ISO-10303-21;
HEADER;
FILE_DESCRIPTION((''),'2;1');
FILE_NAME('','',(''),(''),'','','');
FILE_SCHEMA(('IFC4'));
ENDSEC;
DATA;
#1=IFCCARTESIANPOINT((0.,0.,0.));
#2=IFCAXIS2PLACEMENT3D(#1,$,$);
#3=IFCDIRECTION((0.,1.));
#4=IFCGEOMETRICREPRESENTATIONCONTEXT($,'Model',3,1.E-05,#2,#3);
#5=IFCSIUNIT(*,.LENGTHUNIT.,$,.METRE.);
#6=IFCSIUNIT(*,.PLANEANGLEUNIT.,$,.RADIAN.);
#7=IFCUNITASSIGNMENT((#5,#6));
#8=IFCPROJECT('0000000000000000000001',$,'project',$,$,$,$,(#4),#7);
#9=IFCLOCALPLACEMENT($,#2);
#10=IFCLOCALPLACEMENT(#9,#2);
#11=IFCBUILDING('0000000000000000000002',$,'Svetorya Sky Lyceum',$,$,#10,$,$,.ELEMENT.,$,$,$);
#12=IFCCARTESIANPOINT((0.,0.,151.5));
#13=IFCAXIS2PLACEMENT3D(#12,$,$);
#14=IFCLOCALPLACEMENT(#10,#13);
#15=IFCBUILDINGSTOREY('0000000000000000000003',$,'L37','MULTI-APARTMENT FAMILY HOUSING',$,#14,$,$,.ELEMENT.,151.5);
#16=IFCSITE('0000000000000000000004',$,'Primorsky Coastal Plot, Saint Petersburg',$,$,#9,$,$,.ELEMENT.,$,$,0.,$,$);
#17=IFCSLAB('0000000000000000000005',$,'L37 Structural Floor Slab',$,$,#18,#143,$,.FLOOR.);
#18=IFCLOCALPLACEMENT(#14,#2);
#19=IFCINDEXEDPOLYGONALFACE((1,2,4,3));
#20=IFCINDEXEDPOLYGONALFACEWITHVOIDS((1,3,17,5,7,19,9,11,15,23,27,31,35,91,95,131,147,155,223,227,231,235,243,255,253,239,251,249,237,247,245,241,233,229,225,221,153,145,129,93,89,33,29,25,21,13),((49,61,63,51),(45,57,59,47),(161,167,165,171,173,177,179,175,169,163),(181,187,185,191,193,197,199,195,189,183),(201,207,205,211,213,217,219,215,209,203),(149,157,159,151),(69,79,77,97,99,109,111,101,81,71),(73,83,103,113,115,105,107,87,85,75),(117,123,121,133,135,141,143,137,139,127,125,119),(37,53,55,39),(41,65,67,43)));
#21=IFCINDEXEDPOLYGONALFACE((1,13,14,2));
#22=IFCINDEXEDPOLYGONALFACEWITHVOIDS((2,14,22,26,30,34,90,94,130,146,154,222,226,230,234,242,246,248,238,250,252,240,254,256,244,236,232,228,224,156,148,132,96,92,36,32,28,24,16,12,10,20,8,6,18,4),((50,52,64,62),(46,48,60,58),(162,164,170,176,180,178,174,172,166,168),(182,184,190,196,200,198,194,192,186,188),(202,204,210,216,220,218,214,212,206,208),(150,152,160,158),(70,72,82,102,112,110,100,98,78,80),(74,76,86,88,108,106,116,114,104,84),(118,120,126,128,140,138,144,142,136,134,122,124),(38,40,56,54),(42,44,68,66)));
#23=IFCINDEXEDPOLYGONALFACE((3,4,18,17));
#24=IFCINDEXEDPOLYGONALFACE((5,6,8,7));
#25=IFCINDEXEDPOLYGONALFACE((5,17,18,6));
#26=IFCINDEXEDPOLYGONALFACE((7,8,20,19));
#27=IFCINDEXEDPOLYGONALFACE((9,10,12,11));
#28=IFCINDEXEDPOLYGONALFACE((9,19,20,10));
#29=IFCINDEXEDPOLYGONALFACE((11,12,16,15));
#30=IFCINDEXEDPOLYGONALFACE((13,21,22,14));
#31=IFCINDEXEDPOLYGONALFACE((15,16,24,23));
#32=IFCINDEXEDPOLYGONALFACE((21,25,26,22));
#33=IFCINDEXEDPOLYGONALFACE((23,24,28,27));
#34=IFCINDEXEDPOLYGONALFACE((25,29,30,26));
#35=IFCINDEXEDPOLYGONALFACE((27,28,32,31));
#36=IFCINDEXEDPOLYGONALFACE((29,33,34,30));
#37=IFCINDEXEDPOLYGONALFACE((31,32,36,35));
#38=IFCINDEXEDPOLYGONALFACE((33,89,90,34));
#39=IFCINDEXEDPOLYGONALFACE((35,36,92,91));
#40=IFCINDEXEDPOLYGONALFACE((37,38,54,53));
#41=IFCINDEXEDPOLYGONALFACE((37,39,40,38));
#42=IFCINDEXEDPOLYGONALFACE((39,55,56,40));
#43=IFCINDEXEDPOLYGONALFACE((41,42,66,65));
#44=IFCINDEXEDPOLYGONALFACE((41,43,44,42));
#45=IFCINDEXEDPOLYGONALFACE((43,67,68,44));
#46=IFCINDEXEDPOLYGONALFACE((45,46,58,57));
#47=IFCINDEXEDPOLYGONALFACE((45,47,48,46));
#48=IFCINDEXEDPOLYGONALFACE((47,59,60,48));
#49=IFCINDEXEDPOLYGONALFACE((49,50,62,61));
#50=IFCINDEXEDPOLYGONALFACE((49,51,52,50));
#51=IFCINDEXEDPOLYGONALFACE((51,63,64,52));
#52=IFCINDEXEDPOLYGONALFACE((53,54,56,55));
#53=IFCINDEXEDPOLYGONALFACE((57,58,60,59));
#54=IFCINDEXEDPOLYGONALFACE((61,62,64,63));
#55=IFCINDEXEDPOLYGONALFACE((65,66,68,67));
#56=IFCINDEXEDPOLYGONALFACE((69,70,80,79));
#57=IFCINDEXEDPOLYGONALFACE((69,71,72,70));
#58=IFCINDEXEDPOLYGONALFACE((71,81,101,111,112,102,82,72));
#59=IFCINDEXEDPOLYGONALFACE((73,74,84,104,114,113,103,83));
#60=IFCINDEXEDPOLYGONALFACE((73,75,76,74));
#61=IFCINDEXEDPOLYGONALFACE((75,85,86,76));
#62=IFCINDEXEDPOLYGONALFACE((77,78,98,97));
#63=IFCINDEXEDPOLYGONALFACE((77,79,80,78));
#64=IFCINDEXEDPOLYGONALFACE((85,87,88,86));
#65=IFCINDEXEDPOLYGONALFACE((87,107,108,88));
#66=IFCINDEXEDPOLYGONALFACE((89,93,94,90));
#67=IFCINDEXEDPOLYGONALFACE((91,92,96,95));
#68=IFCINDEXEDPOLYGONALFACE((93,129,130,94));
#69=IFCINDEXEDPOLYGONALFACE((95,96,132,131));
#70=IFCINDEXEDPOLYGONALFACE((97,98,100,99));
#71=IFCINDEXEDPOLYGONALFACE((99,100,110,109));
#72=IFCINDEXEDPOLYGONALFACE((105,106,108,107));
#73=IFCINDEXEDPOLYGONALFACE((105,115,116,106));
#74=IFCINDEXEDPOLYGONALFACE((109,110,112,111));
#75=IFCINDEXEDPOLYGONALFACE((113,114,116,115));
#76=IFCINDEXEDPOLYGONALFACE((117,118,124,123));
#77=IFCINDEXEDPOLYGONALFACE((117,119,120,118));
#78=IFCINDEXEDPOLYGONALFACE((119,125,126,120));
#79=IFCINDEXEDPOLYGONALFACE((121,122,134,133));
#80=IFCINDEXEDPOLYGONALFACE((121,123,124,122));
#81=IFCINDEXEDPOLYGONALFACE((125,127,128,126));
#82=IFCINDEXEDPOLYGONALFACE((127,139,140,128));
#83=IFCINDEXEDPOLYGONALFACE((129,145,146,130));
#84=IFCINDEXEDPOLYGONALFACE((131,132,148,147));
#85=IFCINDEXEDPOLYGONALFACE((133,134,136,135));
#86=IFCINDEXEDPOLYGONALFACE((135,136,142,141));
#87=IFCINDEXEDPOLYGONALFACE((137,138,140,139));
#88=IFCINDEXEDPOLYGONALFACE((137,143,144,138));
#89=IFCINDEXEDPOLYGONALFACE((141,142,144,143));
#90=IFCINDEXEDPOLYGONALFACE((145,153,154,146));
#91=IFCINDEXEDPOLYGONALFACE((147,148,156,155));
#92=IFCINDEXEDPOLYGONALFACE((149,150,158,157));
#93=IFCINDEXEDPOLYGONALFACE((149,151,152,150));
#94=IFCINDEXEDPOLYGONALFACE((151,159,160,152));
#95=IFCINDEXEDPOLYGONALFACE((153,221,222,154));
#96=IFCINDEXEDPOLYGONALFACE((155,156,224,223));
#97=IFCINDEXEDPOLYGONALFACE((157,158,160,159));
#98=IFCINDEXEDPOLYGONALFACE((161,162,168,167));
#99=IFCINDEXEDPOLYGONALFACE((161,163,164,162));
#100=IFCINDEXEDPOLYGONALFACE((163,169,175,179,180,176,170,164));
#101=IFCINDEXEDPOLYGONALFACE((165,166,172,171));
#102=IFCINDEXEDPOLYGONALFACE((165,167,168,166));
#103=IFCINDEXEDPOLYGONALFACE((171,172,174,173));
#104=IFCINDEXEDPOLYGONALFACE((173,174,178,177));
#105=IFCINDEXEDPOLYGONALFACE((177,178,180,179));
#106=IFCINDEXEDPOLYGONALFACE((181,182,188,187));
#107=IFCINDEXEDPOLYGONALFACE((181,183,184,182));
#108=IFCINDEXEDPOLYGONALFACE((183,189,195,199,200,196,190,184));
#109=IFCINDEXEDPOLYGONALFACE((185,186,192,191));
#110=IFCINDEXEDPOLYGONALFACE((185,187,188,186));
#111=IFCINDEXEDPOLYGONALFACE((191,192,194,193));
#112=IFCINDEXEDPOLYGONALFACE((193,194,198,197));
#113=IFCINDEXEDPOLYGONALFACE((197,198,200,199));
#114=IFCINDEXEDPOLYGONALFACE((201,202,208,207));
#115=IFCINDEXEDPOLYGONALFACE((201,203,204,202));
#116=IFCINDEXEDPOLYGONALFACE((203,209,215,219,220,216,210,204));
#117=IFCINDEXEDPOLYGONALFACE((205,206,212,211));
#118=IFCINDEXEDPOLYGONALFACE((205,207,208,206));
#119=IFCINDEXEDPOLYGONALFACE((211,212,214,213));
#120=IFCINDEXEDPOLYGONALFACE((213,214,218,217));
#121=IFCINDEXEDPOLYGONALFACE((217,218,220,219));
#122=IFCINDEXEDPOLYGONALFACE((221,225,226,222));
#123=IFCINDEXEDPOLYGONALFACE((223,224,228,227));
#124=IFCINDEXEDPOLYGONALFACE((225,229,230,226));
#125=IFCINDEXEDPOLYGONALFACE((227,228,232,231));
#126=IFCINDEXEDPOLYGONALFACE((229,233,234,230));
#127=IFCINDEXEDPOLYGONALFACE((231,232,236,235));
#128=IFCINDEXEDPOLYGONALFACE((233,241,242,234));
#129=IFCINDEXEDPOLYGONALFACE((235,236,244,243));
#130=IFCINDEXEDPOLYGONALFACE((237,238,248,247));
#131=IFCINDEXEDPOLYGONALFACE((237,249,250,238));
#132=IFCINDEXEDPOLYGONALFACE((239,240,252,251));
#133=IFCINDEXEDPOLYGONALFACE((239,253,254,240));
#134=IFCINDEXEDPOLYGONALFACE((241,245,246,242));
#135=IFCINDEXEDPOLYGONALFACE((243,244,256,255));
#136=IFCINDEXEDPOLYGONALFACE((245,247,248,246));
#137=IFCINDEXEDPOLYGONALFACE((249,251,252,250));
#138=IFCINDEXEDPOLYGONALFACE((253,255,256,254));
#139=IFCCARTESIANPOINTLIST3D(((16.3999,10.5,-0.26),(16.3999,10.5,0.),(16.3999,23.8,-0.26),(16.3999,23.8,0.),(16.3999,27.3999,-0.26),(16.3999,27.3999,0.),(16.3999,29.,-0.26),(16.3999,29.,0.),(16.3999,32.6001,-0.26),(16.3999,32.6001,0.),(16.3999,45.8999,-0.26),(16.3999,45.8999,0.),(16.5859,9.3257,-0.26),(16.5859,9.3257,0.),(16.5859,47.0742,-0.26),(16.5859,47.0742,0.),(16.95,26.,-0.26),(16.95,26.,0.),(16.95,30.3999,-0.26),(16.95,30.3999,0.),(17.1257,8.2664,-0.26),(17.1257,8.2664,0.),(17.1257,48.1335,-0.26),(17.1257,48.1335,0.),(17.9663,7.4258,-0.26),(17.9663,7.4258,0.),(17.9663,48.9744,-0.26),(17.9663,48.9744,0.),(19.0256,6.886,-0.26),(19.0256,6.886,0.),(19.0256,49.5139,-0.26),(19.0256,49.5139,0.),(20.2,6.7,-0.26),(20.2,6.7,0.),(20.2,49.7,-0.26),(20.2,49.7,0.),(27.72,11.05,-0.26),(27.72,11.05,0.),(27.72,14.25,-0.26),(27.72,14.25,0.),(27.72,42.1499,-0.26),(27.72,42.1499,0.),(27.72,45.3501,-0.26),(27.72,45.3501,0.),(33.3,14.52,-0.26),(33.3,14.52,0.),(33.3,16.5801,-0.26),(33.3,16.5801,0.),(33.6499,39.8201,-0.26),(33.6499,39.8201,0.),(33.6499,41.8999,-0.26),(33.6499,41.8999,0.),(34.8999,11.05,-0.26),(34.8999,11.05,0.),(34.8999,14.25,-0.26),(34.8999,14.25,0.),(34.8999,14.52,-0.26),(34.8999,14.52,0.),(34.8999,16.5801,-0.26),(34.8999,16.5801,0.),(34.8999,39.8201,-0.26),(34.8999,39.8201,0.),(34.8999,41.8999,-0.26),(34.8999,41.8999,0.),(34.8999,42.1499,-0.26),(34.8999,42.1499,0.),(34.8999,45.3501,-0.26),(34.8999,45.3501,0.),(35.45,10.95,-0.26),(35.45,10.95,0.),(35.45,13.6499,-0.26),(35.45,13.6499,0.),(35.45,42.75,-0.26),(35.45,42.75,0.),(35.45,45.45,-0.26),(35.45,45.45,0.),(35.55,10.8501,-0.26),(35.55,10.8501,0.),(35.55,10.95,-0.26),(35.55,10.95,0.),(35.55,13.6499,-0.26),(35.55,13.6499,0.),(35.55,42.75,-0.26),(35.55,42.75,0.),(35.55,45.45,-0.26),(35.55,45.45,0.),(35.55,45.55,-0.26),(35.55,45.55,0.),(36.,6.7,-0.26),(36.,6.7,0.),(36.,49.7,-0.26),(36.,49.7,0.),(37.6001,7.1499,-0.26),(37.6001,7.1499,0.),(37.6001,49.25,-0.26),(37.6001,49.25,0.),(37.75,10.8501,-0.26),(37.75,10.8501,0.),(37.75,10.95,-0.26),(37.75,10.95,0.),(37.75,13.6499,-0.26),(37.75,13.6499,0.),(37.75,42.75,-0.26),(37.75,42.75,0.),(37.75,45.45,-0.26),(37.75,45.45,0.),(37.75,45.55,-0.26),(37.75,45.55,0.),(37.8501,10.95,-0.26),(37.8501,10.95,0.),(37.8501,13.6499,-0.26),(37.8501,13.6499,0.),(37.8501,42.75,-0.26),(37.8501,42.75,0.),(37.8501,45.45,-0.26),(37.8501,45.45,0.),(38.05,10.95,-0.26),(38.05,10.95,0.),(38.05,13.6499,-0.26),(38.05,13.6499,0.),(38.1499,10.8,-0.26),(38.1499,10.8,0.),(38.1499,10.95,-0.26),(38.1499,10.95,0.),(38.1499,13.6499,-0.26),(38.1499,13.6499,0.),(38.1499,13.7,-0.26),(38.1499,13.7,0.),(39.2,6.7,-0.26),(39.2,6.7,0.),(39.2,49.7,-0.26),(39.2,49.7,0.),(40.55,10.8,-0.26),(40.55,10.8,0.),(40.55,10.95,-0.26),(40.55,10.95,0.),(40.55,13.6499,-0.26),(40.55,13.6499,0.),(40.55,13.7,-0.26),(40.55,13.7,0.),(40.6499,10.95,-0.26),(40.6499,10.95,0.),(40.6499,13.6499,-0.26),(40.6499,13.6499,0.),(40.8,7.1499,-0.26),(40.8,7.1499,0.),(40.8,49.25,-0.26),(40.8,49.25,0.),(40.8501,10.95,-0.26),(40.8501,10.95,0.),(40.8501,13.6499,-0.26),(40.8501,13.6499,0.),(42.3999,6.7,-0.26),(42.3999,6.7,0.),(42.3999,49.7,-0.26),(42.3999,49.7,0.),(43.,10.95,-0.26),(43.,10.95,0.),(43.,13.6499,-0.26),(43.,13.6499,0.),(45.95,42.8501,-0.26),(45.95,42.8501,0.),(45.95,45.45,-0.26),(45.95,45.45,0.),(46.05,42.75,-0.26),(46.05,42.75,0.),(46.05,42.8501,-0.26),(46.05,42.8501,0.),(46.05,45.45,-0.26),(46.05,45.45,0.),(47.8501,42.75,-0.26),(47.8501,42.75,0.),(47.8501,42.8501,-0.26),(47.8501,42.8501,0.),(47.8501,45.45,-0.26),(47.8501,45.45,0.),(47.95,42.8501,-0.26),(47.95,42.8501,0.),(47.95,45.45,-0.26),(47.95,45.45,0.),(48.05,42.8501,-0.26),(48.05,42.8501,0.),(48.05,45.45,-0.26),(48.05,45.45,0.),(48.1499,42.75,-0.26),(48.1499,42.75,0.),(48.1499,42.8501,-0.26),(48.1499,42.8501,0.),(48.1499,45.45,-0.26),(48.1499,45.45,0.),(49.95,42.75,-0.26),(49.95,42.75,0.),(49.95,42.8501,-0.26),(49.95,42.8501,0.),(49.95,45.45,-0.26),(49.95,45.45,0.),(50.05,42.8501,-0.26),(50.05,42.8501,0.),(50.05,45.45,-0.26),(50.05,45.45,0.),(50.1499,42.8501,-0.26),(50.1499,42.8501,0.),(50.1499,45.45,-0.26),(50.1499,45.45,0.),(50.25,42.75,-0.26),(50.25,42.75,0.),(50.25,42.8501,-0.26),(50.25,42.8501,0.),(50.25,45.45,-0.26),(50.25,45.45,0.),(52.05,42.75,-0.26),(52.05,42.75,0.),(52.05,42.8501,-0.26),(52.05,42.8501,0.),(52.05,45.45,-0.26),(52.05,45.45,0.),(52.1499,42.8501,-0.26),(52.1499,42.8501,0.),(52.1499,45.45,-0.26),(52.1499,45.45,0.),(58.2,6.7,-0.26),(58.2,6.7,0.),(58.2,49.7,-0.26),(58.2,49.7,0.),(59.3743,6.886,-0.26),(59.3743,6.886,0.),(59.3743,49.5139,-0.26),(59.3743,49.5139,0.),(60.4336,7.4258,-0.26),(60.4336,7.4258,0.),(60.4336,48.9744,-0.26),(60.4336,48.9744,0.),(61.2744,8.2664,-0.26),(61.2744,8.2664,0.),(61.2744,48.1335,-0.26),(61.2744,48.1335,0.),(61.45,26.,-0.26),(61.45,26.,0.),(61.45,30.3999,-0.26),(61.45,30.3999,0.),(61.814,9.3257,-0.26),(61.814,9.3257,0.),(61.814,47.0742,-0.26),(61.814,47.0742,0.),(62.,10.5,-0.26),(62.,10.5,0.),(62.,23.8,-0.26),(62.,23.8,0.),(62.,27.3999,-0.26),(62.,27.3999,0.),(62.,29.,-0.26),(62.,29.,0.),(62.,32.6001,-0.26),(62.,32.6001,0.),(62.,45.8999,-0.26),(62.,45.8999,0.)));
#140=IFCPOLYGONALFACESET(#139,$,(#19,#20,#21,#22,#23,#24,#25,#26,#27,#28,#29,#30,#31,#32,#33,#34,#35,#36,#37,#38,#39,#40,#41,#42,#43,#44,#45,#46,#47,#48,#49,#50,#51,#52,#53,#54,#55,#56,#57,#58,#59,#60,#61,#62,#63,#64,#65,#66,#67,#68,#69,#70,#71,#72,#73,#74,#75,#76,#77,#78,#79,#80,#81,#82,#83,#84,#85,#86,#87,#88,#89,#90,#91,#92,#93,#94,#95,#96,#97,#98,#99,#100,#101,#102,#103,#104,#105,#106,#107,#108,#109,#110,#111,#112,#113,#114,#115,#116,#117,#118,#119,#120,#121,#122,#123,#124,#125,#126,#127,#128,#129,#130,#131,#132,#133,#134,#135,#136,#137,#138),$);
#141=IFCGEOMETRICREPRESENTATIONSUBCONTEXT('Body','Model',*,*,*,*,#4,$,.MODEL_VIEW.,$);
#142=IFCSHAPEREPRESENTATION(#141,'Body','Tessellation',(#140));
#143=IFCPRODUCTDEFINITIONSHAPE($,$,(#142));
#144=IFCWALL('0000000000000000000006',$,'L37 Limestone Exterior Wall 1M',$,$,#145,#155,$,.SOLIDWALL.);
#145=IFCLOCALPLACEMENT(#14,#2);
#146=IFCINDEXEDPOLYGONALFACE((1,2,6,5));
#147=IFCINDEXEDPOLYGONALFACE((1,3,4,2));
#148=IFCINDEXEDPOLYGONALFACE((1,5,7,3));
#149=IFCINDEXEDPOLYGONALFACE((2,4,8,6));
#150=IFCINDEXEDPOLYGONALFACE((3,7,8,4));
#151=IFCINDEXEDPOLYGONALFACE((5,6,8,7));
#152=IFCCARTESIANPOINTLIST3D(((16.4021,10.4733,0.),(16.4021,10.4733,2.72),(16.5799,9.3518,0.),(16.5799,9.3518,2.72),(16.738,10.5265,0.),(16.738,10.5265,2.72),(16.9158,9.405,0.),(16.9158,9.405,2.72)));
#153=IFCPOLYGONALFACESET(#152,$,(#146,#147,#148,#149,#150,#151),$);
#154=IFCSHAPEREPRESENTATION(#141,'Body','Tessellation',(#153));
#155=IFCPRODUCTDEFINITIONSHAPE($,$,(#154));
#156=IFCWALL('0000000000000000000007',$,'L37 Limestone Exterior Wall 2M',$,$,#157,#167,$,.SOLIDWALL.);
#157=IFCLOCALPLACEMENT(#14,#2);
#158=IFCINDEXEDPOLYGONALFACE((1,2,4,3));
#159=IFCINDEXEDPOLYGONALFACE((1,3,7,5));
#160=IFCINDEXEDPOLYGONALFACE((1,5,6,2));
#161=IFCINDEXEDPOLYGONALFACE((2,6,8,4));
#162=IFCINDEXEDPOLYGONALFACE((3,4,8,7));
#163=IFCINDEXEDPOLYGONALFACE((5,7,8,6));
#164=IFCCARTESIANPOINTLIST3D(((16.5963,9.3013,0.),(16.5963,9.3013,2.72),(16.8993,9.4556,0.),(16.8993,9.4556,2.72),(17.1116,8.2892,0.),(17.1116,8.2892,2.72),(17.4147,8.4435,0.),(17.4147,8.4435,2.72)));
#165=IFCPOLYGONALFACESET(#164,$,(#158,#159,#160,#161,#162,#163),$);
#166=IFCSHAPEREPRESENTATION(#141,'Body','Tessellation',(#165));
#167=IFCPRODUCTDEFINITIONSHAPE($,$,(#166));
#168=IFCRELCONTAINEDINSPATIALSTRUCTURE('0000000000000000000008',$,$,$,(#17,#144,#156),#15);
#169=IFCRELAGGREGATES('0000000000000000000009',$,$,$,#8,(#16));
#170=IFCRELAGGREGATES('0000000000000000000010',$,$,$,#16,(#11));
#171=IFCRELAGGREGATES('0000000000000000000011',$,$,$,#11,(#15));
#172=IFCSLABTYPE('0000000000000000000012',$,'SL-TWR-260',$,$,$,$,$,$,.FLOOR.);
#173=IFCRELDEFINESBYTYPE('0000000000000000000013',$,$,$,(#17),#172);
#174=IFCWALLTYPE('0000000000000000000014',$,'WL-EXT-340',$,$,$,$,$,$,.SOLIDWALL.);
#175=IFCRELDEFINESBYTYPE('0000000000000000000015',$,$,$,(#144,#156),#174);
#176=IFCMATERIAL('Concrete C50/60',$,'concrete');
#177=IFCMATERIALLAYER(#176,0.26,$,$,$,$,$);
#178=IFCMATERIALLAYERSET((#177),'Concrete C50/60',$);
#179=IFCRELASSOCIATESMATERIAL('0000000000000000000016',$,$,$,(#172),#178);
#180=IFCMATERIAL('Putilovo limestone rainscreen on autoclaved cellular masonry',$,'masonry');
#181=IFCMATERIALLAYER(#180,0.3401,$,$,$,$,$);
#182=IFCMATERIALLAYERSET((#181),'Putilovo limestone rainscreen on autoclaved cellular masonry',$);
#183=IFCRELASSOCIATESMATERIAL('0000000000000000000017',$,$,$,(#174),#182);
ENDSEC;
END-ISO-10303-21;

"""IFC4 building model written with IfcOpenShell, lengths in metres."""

from ifc_helpers import new_model, si_unit, direction, frame, frame_2d, origin, place, context, subcontext, project, spatial, polyline, rectangle, outline, extrude, material, layer, layer_set, type_object, element, save


model = new_model("IFC4")

# Units and contexts
model_context = context("Model", 3, precision=1e-05, world=origin(), true_north=direction((0.0, 1.0)))
body_context = subcontext(model_context, "Body", "Model", "MODEL_VIEW")
ifc_project = project(units=[si_unit("LENGTHUNIT", "METRE"), si_unit("PLANEANGLEUNIT", "RADIAN")], contexts=[model_context])

# Site, building, storey
site_placement = place(None, origin())
site = spatial("IfcSite", under=ifc_project, at=site_placement, Name="Primorsky Coastal Plot, Saint Petersburg", CompositionType="ELEMENT", RefElevation=0.0)
building_placement = place(site_placement, origin())
building = spatial("IfcBuilding", under=site, at=building_placement, Name="Svetorya Sky Lyceum", CompositionType="ELEMENT")
storey_placement = place(building_placement, frame((0.0, 0.0, 151.5)))
storey = spatial("IfcBuildingStorey", under=building, at=storey_placement, Name="L37", Description="MULTI-APARTMENT FAMILY HOUSING", CompositionType="ELEMENT", Elevation=151.5)

# Shared definitions
ifc_material_1 = material(Name="Concrete C50/60", Category="concrete")

# Slab
ifc_layer_1 = layer(ifc_material_1, 0.26)
ifc_layer_set_1 = layer_set([ifc_layer_1], Name="Concrete C50/60")
slab_type_1 = type_object("IfcSlabType", Name="SL-TWR-260", PredefinedType="FLOOR", material=ifc_layer_set_1)
slab_1_placement = place(storey_placement, frame((0.0, 0.0, -0.26)))
element("IfcSlab", 1, at=slab_1_placement, inside=storey, type_object=slab_type_1, Name="L37 Structural Floor Slab", PredefinedType="FLOOR", context=body_context, shape_type="SweptSolid", body=[
    extrude(outline(polyline([(16.3999, 10.5), (16.5859, 9.3257), (17.1257, 8.2664), (17.9663, 7.4258), (19.0256, 6.886), (20.2, 6.7), (36.0, 6.7), (37.6001, 7.1499), (39.2, 6.7), (40.8, 7.1499), (42.3999, 6.7), (58.2, 6.7), (59.3743, 6.886), (60.4336, 7.4258), (61.2744, 8.2664), (61.814, 9.3257), (62.0, 10.5), (62.0, 23.8), (61.45, 26.0), (62.0, 27.3999), (62.0, 29.0), (61.45, 30.3999), (62.0, 32.6001), (62.0, 45.8999), (61.814, 47.0742), (61.2744, 48.1335), (60.4336, 48.9744), (59.3743, 49.5139), (58.2, 49.7), (42.3999, 49.7), (40.8, 49.25), (39.2, 49.7), (37.6001, 49.25), (36.0, 49.7), (20.2, 49.7), (19.0256, 49.5139), (17.9663, 48.9744), (17.1257, 48.1335), (16.5859, 47.0742), (16.3999, 45.8999), (16.3999, 32.6001), (16.95, 30.3999), (16.3999, 29.0), (16.3999, 27.3999), (16.95, 26.0), (16.3999, 23.8), (16.3999, 10.5)]), holes=[polyline([(37.8501, 10.95), (37.75, 10.95), (37.75, 10.8501), (35.55, 10.8501), (35.55, 10.95), (35.45, 10.95), (35.45, 13.6499), (35.55, 13.6499), (37.75, 13.6499), (37.8501, 13.6499), (37.8501, 10.95)]), polyline([(38.1499, 10.8), (38.1499, 10.95), (38.05, 10.95), (38.05, 13.6499), (38.1499, 13.6499), (38.1499, 13.7), (40.55, 13.7), (40.55, 13.6499), (40.6499, 13.6499), (40.6499, 10.95), (40.55, 10.95), (40.55, 10.8), (38.1499, 10.8)]), polyline([(27.72, 11.05), (27.72, 14.25), (34.8999, 14.25), (34.8999, 11.05), (27.72, 11.05)]), polyline([(33.3, 14.52), (33.3, 16.5801), (34.8999, 16.5801), (34.8999, 14.52), (33.3, 14.52)]), polyline([(33.6499, 39.8201), (33.6499, 41.8999), (34.8999, 41.8999), (34.8999, 39.8201), (33.6499, 39.8201)]), polyline([(27.72, 42.1499), (27.72, 45.3501), (34.8999, 45.3501), (34.8999, 42.1499), (27.72, 42.1499)]), polyline([(37.75, 42.75), (35.55, 42.75), (35.45, 42.75), (35.45, 45.45), (35.55, 45.45), (35.55, 45.55), (37.75, 45.55), (37.75, 45.45), (37.8501, 45.45), (37.8501, 42.75), (37.75, 42.75)]), polyline([(40.8501, 10.95), (40.8501, 13.6499), (43.0, 13.6499), (43.0, 10.95), (40.8501, 10.95)]), polyline([(46.05, 42.75), (46.05, 42.8501), (45.95, 42.8501), (45.95, 45.45), (46.05, 45.45), (47.8501, 45.45), (47.95, 45.45), (47.95, 42.8501), (47.8501, 42.8501), (47.8501, 42.75), (46.05, 42.75)]), polyline([(50.05, 42.8501), (49.95, 42.8501), (49.95, 42.75), (48.1499, 42.75), (48.1499, 42.8501), (48.05, 42.8501), (48.05, 45.45), (48.1499, 45.45), (49.95, 45.45), (50.05, 45.45), (50.05, 42.8501)]), polyline([(52.1499, 42.8501), (52.05, 42.8501), (52.05, 42.75), (50.25, 42.75), (50.25, 42.8501), (50.1499, 42.8501), (50.1499, 45.45), (50.25, 45.45), (52.05, 45.45), (52.1499, 45.45), (52.1499, 42.8501)])]), origin(), (0.0, 0.0, 1.0), 0.26),
])

# Walls
ifc_material_2 = material(Name="Putilovo limestone rainscreen on autoclaved cellular masonry", Category="masonry")
ifc_layer_2 = layer(ifc_material_2, 0.3401)
ifc_layer_set_2 = layer_set([ifc_layer_2], Name="Putilovo limestone rainscreen on autoclaved cellular masonry")
wall_type_1 = type_object("IfcWallType", Name="WL-EXT-340", PredefinedType="SOLIDWALL", material=ifc_layer_set_2)
wall_1_placement = place(storey_placement, frame((16.5701, 10.5, 0.0), z_axis=(0.0, 0.0, 1.0), x_axis=(0.156515, -0.987676, 0.0)))
element("IfcWall", 2, at=wall_1_placement, inside=storey, type_object=wall_type_1, Name="L37 Limestone Exterior Wall 1M", PredefinedType="SOLIDWALL", context=body_context, shape_type="SweptSolid", body=[
    extrude(rectangle(XDim=1.1355, YDim=0.3401, at=frame_2d((0.5679, 0.0))), origin(), (0.0, 0.0, 1.0), 2.72),
])
wall_2_placement = place(storey_placement, frame((16.7478, 9.3784, 0.0), z_axis=(0.0, 0.0, 1.0), x_axis=(0.453736, -0.891136, 0.0)))
element("IfcWall", 3, at=wall_2_placement, inside=storey, type_object=wall_type_1, Name="L37 Limestone Exterior Wall 2M", PredefinedType="SOLIDWALL", context=body_context, shape_type="SweptSolid", body=[
    extrude(rectangle(XDim=1.1357, YDim=0.3401, at=frame_2d((0.5679, 0.0))), origin(), (0.0, 0.0, 1.0), 2.72),
])

save(model, "model.ifc")
